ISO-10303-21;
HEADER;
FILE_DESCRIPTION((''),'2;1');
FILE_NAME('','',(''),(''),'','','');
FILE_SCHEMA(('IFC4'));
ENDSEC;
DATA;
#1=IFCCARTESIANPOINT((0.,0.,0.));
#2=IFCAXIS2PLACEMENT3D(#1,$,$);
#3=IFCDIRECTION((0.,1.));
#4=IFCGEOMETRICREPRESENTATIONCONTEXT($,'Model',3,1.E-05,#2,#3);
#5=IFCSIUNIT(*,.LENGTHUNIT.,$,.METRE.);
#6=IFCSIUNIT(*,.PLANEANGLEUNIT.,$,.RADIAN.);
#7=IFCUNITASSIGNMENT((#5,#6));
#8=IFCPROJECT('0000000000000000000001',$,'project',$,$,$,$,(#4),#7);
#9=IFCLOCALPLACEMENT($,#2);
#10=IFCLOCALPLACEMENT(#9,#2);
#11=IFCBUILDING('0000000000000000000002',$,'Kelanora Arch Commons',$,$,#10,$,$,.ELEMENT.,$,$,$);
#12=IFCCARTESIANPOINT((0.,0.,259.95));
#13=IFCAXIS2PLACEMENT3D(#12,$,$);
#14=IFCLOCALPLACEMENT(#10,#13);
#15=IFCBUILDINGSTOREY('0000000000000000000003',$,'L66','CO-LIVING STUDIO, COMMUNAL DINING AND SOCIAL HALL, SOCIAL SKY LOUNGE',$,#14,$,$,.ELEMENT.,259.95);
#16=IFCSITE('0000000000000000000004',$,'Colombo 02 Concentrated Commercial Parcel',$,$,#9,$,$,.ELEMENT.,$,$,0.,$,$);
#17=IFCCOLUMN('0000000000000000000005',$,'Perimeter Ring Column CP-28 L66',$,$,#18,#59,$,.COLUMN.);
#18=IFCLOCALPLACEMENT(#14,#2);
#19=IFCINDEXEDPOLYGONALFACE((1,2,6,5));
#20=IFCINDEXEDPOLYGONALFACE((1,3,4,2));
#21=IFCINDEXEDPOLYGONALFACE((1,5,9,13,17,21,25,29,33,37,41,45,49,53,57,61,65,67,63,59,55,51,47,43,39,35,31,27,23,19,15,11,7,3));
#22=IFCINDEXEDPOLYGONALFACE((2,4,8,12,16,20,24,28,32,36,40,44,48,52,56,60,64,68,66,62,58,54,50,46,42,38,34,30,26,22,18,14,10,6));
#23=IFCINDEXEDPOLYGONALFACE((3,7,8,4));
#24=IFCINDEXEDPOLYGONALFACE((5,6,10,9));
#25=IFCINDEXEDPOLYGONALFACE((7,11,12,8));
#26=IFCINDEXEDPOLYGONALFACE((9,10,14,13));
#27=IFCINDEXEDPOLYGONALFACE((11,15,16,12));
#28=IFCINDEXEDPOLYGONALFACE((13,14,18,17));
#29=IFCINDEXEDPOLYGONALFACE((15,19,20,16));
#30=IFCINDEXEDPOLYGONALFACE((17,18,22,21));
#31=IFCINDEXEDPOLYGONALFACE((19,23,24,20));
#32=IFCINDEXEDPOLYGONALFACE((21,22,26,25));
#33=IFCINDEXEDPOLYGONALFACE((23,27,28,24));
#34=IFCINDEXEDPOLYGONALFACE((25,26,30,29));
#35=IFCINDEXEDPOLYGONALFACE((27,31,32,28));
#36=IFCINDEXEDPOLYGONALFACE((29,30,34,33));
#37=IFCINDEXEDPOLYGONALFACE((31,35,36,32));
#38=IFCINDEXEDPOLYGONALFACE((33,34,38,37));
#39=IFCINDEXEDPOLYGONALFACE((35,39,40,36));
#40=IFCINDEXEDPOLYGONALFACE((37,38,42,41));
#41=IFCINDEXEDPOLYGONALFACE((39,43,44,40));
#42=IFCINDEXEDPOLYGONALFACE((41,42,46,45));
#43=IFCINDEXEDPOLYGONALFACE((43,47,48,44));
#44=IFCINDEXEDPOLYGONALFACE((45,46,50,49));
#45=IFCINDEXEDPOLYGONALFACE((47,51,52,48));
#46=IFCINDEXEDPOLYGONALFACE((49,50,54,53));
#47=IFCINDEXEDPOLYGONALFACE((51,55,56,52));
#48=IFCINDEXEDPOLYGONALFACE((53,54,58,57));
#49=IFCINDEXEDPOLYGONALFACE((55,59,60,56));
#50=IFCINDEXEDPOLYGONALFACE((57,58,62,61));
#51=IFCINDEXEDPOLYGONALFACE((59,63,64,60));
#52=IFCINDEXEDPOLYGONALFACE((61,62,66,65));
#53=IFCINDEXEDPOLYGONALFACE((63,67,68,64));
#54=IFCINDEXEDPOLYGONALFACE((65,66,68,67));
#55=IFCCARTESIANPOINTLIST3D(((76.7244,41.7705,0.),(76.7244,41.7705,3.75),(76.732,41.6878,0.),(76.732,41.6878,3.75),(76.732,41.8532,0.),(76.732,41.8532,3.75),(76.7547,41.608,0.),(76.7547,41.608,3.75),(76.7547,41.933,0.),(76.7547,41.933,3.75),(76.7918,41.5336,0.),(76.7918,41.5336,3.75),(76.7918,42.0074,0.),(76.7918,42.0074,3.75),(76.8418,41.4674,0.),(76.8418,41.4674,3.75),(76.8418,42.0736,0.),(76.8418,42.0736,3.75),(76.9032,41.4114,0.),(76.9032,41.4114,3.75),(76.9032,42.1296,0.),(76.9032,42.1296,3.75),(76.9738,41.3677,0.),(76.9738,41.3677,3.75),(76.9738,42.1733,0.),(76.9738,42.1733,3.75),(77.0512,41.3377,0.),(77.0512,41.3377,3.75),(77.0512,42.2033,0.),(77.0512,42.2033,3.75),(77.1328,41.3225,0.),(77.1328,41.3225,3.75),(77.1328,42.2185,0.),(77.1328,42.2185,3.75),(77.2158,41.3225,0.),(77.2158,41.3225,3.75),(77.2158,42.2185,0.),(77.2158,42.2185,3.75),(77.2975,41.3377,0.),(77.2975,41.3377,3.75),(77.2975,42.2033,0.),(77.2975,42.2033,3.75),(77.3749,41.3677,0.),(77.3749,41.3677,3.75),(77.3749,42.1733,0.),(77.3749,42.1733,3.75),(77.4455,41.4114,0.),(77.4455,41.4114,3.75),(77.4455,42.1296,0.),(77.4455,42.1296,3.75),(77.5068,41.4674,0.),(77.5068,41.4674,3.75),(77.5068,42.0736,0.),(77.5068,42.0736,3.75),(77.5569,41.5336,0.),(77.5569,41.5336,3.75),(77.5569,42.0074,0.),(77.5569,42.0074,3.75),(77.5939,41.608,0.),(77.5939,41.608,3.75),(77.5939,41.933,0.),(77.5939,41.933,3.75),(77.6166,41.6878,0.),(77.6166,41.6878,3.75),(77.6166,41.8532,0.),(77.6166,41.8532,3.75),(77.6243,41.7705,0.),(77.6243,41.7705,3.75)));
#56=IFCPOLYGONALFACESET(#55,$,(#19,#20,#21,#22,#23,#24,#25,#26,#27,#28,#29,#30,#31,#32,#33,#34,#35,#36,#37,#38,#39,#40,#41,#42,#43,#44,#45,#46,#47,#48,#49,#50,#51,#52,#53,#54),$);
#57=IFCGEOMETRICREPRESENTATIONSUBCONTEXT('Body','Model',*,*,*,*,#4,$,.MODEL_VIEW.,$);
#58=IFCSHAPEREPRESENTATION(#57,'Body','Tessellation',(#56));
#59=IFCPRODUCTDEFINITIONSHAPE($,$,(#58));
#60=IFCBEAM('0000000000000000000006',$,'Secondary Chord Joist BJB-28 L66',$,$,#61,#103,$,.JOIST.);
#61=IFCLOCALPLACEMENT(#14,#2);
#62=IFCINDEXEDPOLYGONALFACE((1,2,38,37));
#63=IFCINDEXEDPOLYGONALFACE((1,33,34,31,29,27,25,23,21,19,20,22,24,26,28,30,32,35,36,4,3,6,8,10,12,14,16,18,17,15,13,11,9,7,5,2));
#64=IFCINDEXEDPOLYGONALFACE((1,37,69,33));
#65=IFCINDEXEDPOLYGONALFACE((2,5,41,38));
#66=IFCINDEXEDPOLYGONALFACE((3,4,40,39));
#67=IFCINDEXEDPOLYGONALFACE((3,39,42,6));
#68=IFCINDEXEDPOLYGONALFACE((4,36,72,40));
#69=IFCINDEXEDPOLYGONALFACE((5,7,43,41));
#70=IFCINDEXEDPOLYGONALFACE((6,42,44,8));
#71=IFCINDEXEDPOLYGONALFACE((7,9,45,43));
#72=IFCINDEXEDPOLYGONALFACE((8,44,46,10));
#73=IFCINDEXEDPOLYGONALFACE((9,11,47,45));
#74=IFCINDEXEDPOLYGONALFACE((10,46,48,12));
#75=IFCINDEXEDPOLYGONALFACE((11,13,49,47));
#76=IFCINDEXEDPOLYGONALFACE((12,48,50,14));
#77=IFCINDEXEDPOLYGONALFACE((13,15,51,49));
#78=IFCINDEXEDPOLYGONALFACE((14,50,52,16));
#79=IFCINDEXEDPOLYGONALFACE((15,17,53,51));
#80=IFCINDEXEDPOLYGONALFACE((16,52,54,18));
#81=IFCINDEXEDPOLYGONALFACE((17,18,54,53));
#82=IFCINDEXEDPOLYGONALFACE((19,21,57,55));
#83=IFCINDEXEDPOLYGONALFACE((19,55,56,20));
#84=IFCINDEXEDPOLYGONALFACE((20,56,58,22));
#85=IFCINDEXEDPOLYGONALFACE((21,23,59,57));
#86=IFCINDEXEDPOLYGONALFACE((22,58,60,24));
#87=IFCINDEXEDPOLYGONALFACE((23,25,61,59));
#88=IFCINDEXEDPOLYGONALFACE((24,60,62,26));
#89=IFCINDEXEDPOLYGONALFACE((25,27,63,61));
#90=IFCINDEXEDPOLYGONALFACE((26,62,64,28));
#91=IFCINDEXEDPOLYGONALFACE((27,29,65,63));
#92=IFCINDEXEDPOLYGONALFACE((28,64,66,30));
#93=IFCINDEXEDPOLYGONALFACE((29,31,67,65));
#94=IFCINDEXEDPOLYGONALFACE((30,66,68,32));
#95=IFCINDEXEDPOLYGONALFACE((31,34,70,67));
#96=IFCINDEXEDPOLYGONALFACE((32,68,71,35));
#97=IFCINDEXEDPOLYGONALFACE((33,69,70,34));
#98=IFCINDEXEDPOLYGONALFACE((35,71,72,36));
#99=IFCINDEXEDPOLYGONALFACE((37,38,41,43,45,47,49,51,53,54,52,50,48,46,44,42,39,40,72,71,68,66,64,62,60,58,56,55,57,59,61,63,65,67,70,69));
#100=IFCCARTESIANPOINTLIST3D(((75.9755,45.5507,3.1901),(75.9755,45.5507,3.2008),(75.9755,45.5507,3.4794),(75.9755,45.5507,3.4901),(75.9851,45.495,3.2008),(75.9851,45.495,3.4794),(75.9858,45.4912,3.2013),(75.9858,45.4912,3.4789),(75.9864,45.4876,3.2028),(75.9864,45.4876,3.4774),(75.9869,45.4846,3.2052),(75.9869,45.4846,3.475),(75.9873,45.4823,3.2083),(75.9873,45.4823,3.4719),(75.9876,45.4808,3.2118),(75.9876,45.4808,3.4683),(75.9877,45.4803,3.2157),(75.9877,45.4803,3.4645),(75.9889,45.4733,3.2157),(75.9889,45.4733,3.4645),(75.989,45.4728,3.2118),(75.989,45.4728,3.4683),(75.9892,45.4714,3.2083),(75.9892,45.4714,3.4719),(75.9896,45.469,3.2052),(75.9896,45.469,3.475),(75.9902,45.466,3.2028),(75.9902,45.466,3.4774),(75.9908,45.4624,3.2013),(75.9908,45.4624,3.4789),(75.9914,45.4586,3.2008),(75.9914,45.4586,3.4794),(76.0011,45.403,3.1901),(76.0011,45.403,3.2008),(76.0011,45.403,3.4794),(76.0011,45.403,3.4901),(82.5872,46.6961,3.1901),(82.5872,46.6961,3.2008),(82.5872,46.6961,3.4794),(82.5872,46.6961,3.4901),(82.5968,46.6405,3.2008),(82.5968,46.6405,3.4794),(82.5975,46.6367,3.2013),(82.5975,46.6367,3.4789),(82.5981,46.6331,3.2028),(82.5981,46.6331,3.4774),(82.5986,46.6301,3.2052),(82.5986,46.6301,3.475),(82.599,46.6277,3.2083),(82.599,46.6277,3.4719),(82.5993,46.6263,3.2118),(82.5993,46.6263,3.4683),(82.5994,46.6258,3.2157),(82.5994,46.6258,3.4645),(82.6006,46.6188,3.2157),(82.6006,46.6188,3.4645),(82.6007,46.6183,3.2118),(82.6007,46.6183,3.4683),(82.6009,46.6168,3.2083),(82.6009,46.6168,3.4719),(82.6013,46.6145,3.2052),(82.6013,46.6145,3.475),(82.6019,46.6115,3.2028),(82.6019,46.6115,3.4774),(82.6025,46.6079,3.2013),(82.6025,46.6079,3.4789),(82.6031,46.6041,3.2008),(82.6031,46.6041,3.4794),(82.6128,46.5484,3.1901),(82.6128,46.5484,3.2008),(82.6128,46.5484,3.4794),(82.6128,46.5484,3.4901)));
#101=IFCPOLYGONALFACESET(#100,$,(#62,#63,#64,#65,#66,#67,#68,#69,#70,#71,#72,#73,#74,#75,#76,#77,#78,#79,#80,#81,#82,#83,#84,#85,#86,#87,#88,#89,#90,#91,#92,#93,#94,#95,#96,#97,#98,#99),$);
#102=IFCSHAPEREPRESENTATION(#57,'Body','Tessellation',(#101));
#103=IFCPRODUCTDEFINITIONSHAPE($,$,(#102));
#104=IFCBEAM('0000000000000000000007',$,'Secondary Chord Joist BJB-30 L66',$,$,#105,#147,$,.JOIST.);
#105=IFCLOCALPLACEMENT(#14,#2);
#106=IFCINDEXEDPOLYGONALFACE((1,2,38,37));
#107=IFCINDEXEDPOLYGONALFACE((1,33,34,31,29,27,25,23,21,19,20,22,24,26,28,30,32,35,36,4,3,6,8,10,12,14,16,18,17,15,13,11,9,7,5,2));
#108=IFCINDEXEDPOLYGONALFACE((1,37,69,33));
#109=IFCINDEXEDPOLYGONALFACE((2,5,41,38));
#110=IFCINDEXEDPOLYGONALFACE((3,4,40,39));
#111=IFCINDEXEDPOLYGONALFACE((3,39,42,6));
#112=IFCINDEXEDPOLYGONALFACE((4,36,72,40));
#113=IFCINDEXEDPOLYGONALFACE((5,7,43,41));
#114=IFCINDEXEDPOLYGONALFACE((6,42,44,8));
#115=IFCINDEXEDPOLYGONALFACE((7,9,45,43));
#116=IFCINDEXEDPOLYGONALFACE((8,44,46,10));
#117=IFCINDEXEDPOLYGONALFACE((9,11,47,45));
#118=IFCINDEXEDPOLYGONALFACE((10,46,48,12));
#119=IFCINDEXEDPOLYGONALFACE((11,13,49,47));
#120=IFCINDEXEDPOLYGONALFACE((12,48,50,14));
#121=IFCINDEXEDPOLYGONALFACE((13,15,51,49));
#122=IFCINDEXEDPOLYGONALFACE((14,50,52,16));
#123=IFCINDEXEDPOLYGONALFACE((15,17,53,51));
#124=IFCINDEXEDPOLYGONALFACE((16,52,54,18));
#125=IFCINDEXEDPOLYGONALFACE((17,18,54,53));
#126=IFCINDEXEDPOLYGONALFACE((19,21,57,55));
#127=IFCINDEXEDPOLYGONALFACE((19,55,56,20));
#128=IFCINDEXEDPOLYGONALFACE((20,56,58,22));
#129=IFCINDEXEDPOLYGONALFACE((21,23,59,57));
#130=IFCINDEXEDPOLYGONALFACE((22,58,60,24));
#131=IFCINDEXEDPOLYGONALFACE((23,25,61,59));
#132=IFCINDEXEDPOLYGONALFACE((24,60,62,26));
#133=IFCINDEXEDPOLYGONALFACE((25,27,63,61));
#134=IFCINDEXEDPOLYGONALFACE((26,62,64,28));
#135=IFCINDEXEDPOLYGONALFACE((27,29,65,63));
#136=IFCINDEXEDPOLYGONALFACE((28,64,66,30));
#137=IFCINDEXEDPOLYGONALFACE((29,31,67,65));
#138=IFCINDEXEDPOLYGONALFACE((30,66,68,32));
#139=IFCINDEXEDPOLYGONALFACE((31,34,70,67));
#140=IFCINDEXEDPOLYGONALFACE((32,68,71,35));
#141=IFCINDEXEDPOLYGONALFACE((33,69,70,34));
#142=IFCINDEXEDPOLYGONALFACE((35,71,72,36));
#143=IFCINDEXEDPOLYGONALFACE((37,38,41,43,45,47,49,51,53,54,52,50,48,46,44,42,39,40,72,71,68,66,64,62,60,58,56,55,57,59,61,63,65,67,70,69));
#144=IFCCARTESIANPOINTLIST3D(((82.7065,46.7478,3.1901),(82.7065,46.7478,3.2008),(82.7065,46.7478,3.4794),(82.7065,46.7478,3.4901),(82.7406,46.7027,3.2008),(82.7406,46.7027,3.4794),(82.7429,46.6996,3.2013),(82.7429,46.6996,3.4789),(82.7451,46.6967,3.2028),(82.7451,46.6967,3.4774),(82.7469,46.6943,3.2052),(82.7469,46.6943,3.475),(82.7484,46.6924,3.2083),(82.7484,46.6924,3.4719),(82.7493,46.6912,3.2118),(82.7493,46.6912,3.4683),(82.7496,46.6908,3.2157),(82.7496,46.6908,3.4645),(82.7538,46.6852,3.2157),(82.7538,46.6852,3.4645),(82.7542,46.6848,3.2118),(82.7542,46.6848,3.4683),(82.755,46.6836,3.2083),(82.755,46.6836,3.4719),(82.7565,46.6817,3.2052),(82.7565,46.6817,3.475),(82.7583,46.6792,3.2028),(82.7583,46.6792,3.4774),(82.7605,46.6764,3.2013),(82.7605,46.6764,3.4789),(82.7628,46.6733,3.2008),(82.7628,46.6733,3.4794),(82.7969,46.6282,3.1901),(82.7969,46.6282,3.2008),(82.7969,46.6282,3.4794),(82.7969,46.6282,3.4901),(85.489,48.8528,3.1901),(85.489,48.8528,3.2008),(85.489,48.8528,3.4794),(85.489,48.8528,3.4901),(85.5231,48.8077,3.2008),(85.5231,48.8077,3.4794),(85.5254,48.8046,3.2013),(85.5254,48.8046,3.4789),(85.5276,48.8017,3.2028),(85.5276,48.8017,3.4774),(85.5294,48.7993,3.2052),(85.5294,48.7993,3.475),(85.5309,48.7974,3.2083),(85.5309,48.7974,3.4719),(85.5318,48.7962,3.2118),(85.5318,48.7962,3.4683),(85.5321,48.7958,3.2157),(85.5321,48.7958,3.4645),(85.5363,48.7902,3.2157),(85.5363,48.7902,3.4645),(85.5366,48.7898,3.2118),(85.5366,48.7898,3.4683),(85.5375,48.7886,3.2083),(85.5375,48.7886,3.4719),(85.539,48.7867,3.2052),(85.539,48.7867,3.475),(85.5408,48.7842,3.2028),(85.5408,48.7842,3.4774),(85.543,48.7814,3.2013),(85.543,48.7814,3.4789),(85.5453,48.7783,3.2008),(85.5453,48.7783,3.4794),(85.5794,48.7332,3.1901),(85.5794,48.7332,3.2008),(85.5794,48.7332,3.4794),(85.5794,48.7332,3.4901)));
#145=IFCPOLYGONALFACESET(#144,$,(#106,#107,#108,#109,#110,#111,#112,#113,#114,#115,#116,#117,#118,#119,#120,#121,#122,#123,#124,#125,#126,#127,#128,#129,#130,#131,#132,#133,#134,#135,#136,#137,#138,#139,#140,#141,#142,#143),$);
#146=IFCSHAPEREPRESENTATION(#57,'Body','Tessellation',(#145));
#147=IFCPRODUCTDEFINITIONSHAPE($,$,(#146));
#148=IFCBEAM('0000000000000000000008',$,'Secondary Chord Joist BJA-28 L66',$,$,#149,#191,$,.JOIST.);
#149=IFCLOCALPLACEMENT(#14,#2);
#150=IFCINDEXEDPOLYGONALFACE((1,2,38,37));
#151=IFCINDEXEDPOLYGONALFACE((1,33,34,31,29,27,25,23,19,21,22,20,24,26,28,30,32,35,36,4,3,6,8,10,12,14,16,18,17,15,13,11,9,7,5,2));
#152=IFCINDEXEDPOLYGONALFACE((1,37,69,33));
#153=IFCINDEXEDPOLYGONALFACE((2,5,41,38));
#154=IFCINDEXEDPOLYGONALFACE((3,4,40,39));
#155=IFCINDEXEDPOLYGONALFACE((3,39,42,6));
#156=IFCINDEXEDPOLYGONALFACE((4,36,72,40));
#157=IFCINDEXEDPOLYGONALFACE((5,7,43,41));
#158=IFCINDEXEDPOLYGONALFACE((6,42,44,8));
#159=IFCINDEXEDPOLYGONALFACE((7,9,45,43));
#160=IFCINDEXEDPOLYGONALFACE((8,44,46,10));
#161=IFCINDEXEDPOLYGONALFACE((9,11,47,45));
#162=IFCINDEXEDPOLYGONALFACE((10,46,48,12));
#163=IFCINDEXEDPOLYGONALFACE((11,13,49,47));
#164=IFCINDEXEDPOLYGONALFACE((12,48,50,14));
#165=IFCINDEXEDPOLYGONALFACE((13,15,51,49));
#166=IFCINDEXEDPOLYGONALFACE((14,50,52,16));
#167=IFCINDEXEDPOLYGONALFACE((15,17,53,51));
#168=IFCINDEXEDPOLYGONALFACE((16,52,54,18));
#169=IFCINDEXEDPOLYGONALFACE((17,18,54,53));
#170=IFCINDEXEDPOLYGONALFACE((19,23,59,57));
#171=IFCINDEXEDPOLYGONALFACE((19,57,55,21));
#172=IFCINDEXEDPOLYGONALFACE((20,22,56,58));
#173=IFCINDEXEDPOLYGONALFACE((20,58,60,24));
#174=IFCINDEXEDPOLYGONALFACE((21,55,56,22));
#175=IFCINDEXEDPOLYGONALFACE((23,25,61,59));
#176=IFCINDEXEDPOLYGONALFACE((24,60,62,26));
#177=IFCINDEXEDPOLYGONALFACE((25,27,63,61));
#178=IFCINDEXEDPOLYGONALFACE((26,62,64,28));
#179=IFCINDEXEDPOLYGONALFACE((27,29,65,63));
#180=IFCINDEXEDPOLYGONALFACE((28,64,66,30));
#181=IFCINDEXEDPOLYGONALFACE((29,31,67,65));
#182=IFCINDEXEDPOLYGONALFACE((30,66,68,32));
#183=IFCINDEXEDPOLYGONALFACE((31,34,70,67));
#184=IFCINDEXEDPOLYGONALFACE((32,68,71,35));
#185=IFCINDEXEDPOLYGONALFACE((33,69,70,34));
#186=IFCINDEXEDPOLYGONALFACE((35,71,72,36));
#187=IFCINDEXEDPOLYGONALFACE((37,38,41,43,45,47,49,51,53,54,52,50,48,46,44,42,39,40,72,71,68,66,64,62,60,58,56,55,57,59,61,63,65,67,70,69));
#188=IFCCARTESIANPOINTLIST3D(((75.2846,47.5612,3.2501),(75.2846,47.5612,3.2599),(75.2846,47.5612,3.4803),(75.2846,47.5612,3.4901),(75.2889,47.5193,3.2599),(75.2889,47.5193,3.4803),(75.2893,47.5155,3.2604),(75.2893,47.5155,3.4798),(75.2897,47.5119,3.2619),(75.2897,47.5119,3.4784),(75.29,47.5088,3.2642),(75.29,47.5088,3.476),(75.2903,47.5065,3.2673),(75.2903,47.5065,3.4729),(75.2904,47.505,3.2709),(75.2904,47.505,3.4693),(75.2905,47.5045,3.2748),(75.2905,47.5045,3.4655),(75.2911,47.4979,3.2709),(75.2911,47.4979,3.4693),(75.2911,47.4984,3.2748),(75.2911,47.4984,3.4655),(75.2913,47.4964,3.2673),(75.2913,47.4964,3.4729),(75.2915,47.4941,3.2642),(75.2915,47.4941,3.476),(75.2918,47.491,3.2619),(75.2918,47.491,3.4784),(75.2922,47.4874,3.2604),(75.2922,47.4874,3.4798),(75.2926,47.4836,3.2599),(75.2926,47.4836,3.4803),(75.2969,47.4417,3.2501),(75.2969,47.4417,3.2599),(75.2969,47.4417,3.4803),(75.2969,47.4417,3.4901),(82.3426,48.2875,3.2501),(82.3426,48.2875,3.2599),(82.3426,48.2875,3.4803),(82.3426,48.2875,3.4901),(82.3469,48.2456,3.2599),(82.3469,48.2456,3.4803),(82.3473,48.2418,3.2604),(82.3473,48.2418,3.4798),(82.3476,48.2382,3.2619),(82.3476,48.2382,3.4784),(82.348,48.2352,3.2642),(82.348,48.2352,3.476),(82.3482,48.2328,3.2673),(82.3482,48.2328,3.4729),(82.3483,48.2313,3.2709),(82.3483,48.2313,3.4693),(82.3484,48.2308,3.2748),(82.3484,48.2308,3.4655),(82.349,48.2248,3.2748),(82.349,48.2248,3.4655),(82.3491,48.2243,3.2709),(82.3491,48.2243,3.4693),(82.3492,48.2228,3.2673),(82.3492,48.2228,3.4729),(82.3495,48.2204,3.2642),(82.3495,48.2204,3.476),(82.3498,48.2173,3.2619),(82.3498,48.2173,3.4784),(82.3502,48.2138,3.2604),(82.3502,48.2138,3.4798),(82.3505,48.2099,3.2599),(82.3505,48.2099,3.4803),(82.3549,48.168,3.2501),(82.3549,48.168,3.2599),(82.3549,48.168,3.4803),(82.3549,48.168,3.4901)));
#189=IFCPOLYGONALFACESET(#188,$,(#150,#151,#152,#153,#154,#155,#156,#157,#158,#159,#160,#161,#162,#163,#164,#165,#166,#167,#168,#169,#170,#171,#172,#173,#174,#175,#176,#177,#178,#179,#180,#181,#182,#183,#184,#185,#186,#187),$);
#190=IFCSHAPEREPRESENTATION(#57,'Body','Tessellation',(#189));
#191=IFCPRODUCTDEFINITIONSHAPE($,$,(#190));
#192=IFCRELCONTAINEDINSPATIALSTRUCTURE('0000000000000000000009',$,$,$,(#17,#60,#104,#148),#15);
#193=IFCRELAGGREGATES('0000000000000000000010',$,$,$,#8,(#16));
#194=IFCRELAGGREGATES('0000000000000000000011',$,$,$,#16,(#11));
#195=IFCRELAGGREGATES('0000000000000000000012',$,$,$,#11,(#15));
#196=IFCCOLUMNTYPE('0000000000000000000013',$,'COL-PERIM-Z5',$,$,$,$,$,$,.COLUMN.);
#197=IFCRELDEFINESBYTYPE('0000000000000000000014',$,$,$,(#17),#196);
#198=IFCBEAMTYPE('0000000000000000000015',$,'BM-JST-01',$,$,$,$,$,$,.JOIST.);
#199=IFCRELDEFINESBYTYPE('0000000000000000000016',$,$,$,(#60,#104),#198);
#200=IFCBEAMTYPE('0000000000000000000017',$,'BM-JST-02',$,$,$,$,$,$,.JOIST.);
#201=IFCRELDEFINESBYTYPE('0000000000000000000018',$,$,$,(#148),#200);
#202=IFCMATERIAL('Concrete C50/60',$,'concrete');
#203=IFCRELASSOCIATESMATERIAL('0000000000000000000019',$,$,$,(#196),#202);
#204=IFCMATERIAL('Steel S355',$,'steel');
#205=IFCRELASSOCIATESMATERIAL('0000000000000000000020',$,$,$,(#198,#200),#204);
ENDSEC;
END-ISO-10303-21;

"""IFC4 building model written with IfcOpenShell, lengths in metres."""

from ifc_helpers import new_model, si_unit, direction, frame, origin, origin_2d, place, context, subcontext, project, spatial, circle, i_section, extrude, material, material_profile, profile_set, type_object, element, save


model = new_model("IFC4")

# Units and contexts
model_context = context("Model", 3, precision=1e-05, world=origin(), true_north=direction((0.0, 1.0)))
body_context = subcontext(model_context, "Body", "Model", "MODEL_VIEW")
ifc_project = project(units=[si_unit("LENGTHUNIT", "METRE"), si_unit("PLANEANGLEUNIT", "RADIAN")], contexts=[model_context])

# Site, building, storey
site_placement = place(None, origin())
site = spatial("IfcSite", under=ifc_project, at=site_placement, Name="Colombo 02 Concentrated Commercial Parcel", CompositionType="ELEMENT", RefElevation=0.0)
building_placement = place(site_placement, origin())
building = spatial("IfcBuilding", under=site, at=building_placement, Name="Kelanora Arch Commons", CompositionType="ELEMENT")
storey_placement = place(building_placement, frame((0.0, 0.0, 259.95)))
storey = spatial("IfcBuildingStorey", under=building, at=storey_placement, Name="L66", Description="CO-LIVING STUDIO, COMMUNAL DINING AND SOCIAL HALL, SOCIAL SKY LOUNGE", CompositionType="ELEMENT", Elevation=259.95)

# Column
ifc_material_1 = material(Name="Concrete C50/60", Category="concrete")
ifc_material_profile_1 = material_profile(ifc_material_1, circle(Radius=0.45, at=origin_2d()), Name="RCC900")
ifc_profile_set_1 = profile_set([ifc_material_profile_1], Name="Concrete C50/60")
column_type = type_object("IfcColumnType", Name="COL-PERIM-Z5", PredefinedType="COLUMN", material=ifc_profile_set_1)
column_placement = place(storey_placement, frame((77.1743, 41.7705, 0.0), z_axis=(0.0, 0.0, 1.0), x_axis=(1.0, 0.0, 0.0)))
element("IfcColumn", 1, at=column_placement, inside=storey, type_object=column_type, Name="Perimeter Ring Column CP-28 L66", PredefinedType="COLUMN", context=body_context, shape_type="SweptSolid", body=[
    extrude(circle(Radius=0.45, at=origin_2d()), origin(), (0.0, 0.0, 1.0), 3.75),
])

# Beams
ifc_material_2 = material(Name="Steel S355", Category="steel")
ifc_material_profile_2 = material_profile(ifc_material_2, i_section(OverallWidth=0.1499, OverallDepth=0.3, WebThickness=0.0071, FlangeThickness=0.0107, FilletRadius=0.0149, at=origin_2d()), Name="IPE300")
ifc_profile_set_2 = profile_set([ifc_material_profile_2], Name="Steel S355")
beam_type_1 = type_object("IfcBeamType", Name="BM-JST-01", PredefinedType="JOIST", material=ifc_profile_set_2)
beam_1_placement = place(storey_placement, frame((75.9883, 45.4768, 3.3401), z_axis=(0.985322, 0.170709, 0.0), x_axis=(-0.170709, 0.985322, 0.0)))
element("IfcBeam", 2, at=beam_1_placement, inside=storey, type_object=beam_type_1, Name="Secondary Chord Joist BJB-28 L66", PredefinedType="JOIST", context=body_context, shape_type="SweptSolid", body=[
    extrude(i_section(OverallWidth=0.1499, OverallDepth=0.3, WebThickness=0.0071, FlangeThickness=0.0107, FilletRadius=0.0149, at=origin_2d()), origin(), (0.0, 0.0, 1.0), 6.7102),
])
beam_2_placement = place(storey_placement, frame((82.7517, 46.688, 3.3401), z_axis=(0.797499, 0.60332, 0.0), x_axis=(-0.60332, 0.797499, 0.0)))
element("IfcBeam", 3, at=beam_2_placement, inside=storey, type_object=beam_type_1, Name="Secondary Chord Joist BJB-30 L66", PredefinedType="JOIST", context=body_context, shape_type="SweptSolid", body=[
    extrude(i_section(OverallWidth=0.1499, OverallDepth=0.3, WebThickness=0.0071, FlangeThickness=0.0107, FilletRadius=0.0149, at=origin_2d()), origin(), (0.0, 0.0, 1.0), 3.489),
])
ifc_material_profile_3 = material_profile(ifc_material_2, i_section(OverallWidth=0.1201, OverallDepth=0.24, WebThickness=0.0061, FlangeThickness=0.0098, FilletRadius=0.0149, at=origin_2d()), Name="IPE240")
ifc_profile_set_3 = profile_set([ifc_material_profile_3], Name="Steel S355")
beam_type_2 = type_object("IfcBeamType", Name="BM-JST-02", PredefinedType="JOIST", material=ifc_profile_set_3)
beam_3_placement = place(storey_placement, frame((75.2908, 47.5015, 3.3701), z_axis=(0.994747, 0.102369, 0.0), x_axis=(-0.102369, 0.994747, 0.0)))
element("IfcBeam", 4, at=beam_3_placement, inside=storey, type_object=beam_type_2, Name="Secondary Chord Joist BJA-28 L66", PredefinedType="JOIST", context=body_context, shape_type="SweptSolid", body=[
    extrude(i_section(OverallWidth=0.1201, OverallDepth=0.24, WebThickness=0.0061, FlangeThickness=0.0098, FilletRadius=0.0149, at=origin_2d()), origin(), (0.0, 0.0, 1.0), 7.0952),
])

save(model, "model.ifc")
